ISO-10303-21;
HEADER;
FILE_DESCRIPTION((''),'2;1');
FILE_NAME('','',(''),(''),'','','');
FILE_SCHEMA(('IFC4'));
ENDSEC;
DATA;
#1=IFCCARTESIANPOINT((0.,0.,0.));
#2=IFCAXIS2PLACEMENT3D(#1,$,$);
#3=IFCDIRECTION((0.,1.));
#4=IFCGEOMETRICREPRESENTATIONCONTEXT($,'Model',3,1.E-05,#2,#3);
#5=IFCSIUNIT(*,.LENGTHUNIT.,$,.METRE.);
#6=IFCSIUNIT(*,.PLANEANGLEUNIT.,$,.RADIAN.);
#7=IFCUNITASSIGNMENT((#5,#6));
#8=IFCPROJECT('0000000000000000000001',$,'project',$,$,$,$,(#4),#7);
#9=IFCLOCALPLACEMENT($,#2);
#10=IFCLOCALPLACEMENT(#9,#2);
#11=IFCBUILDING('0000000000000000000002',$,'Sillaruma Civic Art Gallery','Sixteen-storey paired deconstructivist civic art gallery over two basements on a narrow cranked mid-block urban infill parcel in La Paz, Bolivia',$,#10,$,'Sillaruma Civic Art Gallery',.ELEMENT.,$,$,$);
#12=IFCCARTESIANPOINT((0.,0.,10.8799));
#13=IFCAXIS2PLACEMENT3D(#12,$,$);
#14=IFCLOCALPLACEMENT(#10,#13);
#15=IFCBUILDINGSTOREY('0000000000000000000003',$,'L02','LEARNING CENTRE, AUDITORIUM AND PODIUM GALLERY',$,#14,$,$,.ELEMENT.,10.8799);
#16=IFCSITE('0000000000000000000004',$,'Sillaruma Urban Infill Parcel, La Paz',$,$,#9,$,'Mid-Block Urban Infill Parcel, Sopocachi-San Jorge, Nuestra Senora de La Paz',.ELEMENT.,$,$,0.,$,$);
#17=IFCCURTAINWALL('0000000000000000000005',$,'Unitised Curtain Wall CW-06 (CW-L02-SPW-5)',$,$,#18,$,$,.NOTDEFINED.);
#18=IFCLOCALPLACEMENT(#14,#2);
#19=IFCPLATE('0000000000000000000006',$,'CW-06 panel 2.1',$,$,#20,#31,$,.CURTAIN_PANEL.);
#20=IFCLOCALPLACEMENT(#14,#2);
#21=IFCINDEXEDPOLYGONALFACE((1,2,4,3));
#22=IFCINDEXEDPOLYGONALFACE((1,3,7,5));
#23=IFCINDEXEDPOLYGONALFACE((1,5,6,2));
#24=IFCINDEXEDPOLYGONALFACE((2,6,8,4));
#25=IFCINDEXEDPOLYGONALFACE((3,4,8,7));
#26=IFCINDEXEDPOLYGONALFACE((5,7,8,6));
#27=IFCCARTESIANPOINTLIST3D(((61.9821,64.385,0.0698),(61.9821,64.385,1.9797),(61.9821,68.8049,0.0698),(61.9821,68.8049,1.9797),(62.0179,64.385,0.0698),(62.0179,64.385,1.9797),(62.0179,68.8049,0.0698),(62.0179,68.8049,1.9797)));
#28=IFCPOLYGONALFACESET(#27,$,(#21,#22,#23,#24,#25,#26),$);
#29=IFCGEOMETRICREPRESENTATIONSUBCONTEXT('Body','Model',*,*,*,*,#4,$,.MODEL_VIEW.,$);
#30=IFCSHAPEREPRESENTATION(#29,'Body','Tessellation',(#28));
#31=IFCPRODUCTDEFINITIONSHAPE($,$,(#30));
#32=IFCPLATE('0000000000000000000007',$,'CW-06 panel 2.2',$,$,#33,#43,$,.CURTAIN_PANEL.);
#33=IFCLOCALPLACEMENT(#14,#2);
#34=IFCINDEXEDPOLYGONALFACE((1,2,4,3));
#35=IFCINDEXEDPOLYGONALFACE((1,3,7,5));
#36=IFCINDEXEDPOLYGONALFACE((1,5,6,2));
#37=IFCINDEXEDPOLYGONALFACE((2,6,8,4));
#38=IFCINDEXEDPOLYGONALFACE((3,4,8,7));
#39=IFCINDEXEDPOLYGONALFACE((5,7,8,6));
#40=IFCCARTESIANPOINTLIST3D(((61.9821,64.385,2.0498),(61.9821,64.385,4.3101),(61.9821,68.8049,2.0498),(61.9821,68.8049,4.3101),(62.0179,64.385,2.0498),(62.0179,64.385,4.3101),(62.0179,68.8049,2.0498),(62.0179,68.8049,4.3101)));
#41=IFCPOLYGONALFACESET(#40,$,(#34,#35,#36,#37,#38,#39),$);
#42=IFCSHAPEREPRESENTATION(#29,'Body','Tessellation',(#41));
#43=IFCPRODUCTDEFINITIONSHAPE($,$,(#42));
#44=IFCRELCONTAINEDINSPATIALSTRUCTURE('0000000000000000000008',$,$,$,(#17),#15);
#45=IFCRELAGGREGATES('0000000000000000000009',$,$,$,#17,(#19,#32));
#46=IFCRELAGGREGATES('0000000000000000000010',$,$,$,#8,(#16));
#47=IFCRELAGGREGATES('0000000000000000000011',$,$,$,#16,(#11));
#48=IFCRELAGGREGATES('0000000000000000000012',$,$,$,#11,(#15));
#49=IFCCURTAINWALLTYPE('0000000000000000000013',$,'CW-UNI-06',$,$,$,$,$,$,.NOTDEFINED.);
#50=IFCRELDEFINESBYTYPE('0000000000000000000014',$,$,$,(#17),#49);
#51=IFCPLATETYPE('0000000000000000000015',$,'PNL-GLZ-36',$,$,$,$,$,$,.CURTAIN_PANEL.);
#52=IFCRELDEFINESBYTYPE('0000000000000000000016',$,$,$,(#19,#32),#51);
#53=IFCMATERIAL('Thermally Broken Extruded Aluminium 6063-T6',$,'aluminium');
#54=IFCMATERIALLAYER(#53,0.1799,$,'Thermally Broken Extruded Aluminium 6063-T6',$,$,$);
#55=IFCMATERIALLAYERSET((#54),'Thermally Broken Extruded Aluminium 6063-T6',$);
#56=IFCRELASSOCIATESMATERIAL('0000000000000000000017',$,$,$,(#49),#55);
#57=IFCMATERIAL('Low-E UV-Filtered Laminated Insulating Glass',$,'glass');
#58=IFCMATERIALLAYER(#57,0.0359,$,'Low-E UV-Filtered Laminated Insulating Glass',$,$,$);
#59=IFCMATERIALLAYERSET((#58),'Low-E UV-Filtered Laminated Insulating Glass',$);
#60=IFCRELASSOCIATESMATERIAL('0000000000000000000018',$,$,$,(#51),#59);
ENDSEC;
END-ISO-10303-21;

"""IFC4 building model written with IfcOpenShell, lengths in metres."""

from ifc_helpers import new_model, si_unit, direction, frame, origin, origin_2d, place, context, subcontext, project, spatial, rectangle, extrude, material, layer, layer_set, type_object, element, aggregate, save


model = new_model("IFC4")

# Units and contexts
model_context = context("Model", 3, precision=1e-05, world=origin(), true_north=direction((0.0, 1.0)))
body_context = subcontext(model_context, "Body", "Model", "MODEL_VIEW")
ifc_project = project(units=[si_unit("LENGTHUNIT", "METRE"), si_unit("PLANEANGLEUNIT", "RADIAN")], contexts=[model_context])

# Site, building, storey
site_placement = place(None, origin())
site = spatial("IfcSite", under=ifc_project, at=site_placement, Name="Sillaruma Urban Infill Parcel, La Paz", LongName="Mid-Block Urban Infill Parcel, Sopocachi-San Jorge, Nuestra Senora de La Paz", CompositionType="ELEMENT", RefElevation=0.0)
building_placement = place(site_placement, origin())
building = spatial("IfcBuilding", under=site, at=building_placement, Name="Sillaruma Civic Art Gallery", Description="Sixteen-storey paired deconstructivist civic art gallery over two basements on a narrow cranked mid-block urban infill parcel in La Paz, Bolivia", LongName="Sillaruma Civic Art Gallery", CompositionType="ELEMENT")
storey_placement = place(building_placement, frame((0.0, 0.0, 10.8799)))
storey = spatial("IfcBuildingStorey", under=building, at=storey_placement, Name="L02", Description="LEARNING CENTRE, AUDITORIUM AND PODIUM GALLERY", CompositionType="ELEMENT", Elevation=10.8799)

# Curtain wall
ifc_material_1 = material(Name="Thermally Broken Extruded Aluminium 6063-T6", Category="aluminium")
ifc_layer_1 = layer(ifc_material_1, 0.1799, Name="Thermally Broken Extruded Aluminium 6063-T6")
ifc_layer_set_1 = layer_set([ifc_layer_1], Name="Thermally Broken Extruded Aluminium 6063-T6")
curtain_wall_type_1 = type_object("IfcCurtainWallType", Name="CW-UNI-06", PredefinedType="NOTDEFINED", material=ifc_layer_set_1)
curtain_wall_1_placement = place(storey_placement, origin())
curtain_wall_1 = element("IfcCurtainWall", 1, at=curtain_wall_1_placement, inside=storey, type_object=curtain_wall_type_1, Name="Unitised Curtain Wall CW-06 (CW-L02-SPW-5)", PredefinedType="NOTDEFINED")

# Plates
ifc_material_2 = material(Name="Low-E UV-Filtered Laminated Insulating Glass", Category="glass")
ifc_layer_2 = layer(ifc_material_2, 0.0359, Name="Low-E UV-Filtered Laminated Insulating Glass")
ifc_layer_set_2 = layer_set([ifc_layer_2], Name="Low-E UV-Filtered Laminated Insulating Glass")
plate_type_1 = type_object("IfcPlateType", Name="PNL-GLZ-36", PredefinedType="CURTAIN_PANEL", material=ifc_layer_set_2)
plate_1_placement = place(storey_placement, frame((62.0, 66.595, 0.0698), z_axis=(0.0, 0.0, 1.0), x_axis=(0.0, 1.0, 0.0)))
plate_1 = element("IfcPlate", 2, at=plate_1_placement, type_object=plate_type_1, Name="CW-06 panel 2.1", PredefinedType="CURTAIN_PANEL", context=body_context, shape_type="SweptSolid", body=[
    extrude(rectangle(XDim=4.4199, YDim=0.0359, at=origin_2d()), origin(), (0.0, 0.0, 1.0), 1.9099),
])
plate_2_placement = place(storey_placement, frame((62.0, 66.595, 2.0498), z_axis=(0.0, 0.0, 1.0), x_axis=(0.0, 1.0, 0.0)))
plate_2 = element("IfcPlate", 3, at=plate_2_placement, type_object=plate_type_1, Name="CW-06 panel 2.2", PredefinedType="CURTAIN_PANEL", context=body_context, shape_type="SweptSolid", body=[
    extrude(rectangle(XDim=4.4199, YDim=0.0359, at=origin_2d()), origin(), (0.0, 0.0, 1.0), 2.2603),
])
aggregate(curtain_wall_1, [plate_1, plate_2])

save(model, "model.ifc")
